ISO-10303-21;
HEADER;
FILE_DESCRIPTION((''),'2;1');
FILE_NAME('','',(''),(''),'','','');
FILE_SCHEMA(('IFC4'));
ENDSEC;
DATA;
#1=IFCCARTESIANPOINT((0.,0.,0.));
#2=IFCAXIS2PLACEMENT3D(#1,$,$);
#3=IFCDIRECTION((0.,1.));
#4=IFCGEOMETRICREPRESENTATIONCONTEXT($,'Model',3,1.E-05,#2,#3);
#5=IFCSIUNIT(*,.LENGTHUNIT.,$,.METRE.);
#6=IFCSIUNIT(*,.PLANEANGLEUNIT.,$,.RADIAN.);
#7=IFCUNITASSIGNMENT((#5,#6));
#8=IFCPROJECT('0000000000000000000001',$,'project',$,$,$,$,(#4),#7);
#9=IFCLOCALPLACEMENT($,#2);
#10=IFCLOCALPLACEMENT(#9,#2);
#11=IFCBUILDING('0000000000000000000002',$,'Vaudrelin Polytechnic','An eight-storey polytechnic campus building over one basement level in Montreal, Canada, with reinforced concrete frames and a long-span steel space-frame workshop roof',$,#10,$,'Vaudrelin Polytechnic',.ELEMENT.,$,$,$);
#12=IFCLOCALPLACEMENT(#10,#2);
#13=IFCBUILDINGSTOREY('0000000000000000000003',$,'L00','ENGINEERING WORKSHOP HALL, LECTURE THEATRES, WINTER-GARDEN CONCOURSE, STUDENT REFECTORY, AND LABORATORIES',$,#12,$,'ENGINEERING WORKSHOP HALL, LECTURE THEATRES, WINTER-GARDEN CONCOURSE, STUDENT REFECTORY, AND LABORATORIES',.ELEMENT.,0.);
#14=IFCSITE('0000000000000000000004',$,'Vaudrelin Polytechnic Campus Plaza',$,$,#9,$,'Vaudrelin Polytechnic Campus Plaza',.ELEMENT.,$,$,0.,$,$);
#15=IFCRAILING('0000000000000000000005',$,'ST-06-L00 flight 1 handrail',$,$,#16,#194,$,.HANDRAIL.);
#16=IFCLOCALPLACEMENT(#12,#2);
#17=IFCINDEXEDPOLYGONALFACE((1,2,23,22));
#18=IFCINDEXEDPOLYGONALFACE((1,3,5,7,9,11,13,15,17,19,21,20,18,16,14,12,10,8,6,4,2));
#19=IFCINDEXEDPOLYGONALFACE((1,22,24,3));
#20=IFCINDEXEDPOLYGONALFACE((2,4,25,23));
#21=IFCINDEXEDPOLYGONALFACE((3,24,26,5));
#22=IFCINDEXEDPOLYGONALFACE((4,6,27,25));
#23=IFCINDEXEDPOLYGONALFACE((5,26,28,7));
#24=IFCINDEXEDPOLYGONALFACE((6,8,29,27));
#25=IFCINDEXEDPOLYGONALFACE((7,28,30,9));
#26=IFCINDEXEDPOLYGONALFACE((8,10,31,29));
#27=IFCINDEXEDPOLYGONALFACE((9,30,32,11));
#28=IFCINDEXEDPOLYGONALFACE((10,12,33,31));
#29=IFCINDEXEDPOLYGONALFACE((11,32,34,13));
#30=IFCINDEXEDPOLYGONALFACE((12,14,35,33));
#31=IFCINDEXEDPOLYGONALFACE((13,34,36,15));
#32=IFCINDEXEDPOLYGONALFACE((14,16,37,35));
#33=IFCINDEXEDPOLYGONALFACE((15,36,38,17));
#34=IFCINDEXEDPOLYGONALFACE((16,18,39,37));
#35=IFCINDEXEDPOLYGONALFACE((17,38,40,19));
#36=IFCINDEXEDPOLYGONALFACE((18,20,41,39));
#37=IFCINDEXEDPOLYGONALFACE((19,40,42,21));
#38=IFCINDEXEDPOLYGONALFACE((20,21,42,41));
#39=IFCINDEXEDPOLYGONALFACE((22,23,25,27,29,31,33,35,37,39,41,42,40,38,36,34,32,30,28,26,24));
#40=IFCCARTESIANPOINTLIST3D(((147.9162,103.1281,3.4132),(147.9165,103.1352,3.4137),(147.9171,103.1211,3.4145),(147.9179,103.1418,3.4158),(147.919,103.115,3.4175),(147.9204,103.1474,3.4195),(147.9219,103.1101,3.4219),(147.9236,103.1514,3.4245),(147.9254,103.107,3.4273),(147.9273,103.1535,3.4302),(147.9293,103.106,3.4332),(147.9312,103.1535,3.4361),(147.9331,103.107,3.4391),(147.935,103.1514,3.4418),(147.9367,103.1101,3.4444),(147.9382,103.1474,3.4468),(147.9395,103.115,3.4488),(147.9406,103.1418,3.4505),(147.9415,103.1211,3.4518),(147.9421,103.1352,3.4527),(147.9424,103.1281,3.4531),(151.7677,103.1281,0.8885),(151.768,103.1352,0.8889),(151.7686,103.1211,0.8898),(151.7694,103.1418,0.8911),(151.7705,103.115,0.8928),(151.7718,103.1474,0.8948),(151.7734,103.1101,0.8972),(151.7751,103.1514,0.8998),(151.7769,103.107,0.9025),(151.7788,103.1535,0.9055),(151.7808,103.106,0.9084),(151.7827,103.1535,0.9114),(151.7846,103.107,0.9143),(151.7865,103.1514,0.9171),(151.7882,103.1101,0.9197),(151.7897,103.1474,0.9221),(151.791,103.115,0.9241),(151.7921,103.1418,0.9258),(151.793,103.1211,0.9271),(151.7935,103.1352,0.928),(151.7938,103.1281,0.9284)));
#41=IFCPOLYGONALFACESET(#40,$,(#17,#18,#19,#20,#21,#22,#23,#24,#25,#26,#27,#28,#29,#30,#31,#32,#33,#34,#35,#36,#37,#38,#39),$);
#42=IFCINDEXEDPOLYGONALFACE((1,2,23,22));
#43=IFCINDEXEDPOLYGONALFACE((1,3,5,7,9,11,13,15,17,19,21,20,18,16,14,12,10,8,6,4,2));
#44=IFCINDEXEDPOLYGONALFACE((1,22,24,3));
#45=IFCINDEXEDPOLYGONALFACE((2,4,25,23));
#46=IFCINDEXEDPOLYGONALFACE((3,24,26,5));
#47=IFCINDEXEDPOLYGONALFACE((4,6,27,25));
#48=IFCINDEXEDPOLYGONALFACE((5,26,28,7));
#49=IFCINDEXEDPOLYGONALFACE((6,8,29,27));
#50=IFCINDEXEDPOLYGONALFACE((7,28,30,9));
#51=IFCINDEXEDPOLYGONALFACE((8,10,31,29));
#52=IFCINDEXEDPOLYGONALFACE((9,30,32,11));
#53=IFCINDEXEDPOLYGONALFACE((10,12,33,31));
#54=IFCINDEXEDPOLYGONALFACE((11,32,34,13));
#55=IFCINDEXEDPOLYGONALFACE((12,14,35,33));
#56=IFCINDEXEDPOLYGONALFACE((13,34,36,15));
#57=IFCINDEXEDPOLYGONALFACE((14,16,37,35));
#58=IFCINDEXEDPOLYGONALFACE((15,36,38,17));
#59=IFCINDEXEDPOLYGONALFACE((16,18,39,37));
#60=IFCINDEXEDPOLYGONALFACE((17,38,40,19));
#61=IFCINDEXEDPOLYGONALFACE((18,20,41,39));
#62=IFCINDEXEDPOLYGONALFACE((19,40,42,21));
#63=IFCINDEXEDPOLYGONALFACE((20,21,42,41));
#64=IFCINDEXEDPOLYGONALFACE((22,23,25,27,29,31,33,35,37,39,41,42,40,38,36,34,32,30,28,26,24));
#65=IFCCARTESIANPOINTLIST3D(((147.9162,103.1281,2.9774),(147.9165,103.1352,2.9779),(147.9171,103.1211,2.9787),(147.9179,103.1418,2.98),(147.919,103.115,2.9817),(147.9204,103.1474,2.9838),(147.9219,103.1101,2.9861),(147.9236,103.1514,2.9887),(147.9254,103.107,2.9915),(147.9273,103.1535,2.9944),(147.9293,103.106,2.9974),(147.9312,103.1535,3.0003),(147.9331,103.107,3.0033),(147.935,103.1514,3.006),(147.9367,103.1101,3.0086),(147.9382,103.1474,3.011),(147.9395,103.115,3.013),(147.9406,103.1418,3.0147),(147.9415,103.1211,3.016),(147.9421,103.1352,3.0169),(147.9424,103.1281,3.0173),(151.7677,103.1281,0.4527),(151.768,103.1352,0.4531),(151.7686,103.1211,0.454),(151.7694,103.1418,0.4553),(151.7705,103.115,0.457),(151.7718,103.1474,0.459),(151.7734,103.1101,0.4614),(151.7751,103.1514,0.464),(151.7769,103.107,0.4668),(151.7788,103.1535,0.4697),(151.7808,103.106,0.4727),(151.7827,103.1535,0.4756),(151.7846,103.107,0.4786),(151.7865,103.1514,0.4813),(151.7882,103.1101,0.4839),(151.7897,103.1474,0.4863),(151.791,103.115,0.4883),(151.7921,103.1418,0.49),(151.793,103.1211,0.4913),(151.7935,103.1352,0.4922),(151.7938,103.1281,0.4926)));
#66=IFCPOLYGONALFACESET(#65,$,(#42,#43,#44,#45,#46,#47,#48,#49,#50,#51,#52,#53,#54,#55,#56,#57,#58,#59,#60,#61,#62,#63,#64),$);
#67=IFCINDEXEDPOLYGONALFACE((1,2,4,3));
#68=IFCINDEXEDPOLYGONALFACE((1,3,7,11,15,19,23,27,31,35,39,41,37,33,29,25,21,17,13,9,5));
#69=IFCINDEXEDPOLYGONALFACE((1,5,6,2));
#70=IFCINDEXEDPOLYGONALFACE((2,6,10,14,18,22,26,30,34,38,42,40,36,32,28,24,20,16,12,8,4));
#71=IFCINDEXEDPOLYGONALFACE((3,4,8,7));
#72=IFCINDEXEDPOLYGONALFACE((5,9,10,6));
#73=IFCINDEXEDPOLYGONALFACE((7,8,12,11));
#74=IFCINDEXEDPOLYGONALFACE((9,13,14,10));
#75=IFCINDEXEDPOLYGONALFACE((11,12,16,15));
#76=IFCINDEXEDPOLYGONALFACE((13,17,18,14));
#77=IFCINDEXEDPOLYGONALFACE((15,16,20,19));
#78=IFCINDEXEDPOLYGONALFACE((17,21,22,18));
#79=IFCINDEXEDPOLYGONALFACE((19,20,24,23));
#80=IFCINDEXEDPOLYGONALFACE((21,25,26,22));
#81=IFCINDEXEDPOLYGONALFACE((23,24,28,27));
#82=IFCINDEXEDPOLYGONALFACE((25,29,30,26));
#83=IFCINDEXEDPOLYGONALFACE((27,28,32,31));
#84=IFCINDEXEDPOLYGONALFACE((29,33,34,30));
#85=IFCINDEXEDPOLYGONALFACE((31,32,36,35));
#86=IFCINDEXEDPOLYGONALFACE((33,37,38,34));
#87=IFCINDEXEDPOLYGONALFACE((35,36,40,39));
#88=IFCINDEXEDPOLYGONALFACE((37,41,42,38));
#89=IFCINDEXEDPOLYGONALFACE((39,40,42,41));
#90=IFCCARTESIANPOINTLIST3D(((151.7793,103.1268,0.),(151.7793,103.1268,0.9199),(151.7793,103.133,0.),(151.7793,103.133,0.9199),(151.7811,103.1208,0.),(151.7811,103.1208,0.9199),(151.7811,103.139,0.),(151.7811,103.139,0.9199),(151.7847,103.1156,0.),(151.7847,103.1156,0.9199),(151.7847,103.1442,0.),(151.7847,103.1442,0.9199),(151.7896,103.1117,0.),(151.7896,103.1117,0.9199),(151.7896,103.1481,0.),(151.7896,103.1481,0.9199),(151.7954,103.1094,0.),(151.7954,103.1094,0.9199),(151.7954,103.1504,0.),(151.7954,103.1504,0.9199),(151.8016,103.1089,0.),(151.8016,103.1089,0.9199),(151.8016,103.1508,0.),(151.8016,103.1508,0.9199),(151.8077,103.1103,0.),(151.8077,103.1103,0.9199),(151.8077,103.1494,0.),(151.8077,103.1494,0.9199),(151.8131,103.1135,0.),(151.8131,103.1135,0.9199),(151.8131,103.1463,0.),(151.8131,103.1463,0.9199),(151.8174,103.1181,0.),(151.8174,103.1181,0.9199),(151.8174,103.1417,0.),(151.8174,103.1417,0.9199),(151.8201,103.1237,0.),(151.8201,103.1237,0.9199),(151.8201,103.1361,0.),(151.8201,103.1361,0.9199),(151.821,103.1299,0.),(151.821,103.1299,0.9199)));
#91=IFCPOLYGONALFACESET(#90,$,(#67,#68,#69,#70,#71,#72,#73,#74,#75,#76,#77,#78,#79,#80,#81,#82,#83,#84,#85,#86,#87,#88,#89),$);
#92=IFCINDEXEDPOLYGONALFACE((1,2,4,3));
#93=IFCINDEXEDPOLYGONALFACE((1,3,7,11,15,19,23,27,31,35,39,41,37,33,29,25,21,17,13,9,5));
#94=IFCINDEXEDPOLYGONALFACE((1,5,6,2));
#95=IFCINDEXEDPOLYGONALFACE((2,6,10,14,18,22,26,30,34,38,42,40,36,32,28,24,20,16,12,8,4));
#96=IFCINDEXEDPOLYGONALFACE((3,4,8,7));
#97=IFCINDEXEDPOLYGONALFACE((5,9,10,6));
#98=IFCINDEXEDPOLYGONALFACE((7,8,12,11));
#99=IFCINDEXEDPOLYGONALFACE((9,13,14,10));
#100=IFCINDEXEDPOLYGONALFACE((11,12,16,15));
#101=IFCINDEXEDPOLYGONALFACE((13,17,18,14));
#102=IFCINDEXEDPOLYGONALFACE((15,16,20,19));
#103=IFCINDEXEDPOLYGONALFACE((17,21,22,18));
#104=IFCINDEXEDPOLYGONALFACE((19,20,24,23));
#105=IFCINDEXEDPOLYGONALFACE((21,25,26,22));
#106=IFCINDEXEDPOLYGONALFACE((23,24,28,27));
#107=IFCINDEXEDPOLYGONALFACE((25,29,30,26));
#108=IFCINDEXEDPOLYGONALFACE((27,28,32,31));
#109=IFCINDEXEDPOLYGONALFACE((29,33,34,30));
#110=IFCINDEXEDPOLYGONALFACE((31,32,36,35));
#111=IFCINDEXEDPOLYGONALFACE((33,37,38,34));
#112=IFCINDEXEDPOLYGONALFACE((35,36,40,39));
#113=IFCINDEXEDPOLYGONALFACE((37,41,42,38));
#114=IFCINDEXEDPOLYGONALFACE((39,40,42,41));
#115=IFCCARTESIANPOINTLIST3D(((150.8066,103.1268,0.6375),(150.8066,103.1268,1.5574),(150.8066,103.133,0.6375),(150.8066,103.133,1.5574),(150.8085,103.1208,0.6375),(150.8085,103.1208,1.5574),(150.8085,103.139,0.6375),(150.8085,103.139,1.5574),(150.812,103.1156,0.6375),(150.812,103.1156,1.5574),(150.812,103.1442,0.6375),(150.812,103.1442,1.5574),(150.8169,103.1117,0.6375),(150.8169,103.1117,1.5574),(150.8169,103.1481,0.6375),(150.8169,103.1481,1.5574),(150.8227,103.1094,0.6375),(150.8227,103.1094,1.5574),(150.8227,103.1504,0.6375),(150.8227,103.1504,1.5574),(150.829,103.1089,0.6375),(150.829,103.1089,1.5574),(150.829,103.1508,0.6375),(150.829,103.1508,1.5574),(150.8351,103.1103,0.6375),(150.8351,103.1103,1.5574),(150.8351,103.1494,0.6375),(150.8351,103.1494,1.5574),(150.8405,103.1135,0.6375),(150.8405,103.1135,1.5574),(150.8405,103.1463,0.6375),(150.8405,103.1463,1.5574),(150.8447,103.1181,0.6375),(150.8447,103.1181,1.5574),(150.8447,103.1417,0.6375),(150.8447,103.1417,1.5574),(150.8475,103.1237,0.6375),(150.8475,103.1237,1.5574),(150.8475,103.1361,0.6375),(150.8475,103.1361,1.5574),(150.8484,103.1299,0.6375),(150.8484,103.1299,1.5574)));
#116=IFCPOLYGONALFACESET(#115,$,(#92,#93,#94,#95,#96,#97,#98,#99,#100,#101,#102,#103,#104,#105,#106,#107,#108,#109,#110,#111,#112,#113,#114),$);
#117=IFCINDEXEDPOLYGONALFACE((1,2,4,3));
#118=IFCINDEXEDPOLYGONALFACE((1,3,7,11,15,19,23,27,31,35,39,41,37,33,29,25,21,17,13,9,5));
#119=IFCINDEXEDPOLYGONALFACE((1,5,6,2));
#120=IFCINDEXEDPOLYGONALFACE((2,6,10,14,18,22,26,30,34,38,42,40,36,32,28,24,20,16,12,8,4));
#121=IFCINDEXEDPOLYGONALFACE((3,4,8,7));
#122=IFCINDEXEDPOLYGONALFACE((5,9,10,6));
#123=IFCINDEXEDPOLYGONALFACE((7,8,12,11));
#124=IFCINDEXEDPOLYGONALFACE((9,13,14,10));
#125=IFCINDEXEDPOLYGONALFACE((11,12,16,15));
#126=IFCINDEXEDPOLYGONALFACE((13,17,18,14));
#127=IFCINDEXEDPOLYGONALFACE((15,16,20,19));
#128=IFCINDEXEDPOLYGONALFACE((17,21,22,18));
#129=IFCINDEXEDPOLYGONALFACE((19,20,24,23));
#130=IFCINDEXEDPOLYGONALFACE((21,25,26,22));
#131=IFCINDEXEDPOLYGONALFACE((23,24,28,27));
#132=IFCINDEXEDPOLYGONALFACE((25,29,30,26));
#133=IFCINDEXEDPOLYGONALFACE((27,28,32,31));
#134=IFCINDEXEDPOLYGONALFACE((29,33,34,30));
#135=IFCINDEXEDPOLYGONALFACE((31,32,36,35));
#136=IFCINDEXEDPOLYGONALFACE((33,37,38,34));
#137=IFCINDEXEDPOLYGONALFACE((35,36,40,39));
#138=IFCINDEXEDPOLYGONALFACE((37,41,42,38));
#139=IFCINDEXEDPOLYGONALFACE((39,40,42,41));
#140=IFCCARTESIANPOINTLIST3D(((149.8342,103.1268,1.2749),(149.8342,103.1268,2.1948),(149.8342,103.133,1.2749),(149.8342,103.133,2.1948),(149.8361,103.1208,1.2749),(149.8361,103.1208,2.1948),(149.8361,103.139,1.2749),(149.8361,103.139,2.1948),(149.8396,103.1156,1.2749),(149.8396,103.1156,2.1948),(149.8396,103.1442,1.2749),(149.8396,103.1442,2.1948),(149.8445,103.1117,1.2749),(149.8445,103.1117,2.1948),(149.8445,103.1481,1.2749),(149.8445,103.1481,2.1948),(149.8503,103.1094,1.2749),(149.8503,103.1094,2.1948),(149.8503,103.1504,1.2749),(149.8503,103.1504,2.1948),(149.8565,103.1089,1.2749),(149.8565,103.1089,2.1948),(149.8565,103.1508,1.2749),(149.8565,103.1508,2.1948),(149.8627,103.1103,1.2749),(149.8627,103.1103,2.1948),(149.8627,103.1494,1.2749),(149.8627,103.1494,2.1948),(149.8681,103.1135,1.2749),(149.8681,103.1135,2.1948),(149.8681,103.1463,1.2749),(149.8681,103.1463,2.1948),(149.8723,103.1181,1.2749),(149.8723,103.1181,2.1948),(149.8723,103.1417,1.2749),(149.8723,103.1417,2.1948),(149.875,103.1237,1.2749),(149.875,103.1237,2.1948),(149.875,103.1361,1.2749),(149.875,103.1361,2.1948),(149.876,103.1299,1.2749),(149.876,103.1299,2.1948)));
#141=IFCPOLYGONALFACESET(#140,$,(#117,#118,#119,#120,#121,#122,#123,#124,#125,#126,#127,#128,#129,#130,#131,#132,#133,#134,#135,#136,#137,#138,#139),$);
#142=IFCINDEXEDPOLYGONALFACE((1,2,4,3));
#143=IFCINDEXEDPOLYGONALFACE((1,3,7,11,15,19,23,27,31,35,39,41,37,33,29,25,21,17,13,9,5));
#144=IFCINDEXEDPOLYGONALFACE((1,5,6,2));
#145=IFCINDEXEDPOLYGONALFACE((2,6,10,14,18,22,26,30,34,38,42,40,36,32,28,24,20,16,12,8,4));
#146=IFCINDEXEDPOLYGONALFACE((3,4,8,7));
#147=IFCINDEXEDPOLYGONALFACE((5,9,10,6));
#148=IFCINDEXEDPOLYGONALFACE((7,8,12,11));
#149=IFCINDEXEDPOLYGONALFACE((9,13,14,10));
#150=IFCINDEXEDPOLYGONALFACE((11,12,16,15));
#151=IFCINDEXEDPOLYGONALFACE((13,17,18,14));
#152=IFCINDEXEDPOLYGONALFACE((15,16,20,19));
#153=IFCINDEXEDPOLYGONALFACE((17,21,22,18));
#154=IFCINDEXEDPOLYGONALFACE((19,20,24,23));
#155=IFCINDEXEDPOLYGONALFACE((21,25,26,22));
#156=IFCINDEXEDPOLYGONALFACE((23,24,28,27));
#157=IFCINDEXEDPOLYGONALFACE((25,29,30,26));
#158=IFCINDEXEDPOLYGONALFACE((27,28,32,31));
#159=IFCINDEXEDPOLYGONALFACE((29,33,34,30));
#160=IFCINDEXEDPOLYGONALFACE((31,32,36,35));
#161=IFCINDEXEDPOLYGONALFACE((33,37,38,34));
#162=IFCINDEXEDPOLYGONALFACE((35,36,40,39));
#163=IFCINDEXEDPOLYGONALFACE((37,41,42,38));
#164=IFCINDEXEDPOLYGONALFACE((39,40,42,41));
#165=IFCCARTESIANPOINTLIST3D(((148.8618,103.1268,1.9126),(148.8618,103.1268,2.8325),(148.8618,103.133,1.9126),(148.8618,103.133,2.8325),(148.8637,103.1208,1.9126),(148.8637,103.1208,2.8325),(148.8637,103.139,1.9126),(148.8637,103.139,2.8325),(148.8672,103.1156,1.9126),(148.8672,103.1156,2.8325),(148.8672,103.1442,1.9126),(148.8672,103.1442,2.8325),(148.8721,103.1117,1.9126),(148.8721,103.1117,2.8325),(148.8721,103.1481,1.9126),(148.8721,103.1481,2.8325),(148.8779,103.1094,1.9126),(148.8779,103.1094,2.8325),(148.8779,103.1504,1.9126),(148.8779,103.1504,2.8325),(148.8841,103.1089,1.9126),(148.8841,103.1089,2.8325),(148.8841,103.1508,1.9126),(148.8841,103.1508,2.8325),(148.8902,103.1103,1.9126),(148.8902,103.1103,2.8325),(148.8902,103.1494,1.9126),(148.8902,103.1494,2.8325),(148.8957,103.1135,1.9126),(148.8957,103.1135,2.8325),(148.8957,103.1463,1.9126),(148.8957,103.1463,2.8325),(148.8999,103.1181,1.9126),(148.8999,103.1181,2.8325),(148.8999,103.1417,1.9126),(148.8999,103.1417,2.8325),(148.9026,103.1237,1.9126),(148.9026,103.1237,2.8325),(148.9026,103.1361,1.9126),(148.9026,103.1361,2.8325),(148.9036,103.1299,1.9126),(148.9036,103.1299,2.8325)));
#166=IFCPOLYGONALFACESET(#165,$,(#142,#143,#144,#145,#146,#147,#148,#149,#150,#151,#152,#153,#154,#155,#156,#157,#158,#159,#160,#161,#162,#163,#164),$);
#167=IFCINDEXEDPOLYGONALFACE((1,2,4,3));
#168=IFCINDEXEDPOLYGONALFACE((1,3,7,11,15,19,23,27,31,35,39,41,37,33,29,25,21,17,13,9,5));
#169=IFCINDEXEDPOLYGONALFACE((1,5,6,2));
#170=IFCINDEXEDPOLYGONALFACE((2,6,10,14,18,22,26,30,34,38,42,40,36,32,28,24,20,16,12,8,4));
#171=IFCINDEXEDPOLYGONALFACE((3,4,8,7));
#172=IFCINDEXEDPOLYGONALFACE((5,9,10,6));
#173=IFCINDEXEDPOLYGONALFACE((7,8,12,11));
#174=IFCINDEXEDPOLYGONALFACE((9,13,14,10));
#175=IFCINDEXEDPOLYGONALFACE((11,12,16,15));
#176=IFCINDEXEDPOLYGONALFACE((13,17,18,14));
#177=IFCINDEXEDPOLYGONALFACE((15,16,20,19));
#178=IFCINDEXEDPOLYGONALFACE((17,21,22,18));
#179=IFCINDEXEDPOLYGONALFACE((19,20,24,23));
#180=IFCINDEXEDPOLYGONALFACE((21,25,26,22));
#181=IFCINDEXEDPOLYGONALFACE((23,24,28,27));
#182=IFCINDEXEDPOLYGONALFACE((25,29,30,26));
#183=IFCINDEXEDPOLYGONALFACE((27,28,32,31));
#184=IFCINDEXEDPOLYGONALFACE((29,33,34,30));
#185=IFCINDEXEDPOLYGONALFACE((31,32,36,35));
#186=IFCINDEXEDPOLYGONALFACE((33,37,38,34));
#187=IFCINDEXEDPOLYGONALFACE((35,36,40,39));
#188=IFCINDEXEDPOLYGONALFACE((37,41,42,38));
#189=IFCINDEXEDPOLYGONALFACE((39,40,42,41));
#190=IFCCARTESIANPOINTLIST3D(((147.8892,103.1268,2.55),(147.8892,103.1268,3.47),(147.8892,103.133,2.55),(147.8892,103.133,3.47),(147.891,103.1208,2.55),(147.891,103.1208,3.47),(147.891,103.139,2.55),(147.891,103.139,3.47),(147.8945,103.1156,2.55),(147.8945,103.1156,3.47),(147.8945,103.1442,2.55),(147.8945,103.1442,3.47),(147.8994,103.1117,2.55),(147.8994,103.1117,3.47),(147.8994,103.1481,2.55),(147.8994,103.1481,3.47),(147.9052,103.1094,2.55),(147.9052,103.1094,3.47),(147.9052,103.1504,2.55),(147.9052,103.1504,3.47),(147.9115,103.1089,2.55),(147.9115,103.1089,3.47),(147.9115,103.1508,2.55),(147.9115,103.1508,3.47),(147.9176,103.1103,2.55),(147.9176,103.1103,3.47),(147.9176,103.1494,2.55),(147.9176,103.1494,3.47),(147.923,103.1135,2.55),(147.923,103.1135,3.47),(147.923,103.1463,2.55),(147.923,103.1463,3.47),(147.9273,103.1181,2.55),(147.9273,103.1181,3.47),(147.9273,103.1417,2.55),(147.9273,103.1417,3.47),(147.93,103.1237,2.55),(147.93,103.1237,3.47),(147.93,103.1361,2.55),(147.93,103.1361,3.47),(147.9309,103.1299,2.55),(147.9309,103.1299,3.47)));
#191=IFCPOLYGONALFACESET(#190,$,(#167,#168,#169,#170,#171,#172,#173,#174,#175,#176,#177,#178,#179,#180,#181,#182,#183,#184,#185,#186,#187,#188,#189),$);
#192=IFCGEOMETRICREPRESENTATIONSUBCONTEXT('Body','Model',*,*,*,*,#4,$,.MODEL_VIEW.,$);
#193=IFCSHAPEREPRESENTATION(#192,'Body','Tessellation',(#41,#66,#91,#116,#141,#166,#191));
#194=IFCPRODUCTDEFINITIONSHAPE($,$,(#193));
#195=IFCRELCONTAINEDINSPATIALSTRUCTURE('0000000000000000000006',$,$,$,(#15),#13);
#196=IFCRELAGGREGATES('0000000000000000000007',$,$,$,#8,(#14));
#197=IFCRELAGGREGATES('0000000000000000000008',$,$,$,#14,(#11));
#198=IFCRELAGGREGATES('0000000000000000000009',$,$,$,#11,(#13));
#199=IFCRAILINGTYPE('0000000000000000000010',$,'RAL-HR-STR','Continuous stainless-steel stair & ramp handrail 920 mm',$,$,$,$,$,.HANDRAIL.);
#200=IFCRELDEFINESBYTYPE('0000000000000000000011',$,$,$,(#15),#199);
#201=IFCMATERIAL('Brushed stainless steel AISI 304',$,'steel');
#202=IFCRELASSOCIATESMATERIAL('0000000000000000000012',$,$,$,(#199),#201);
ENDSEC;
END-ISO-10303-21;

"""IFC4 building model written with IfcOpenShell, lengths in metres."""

from ifc_helpers import new_model, si_unit, direction, frame, origin, origin_2d, place, context, subcontext, project, spatial, circle, extrude, material, type_object, element, save


model = new_model("IFC4")

# Units and contexts
model_context = context("Model", 3, precision=1e-05, world=origin(), true_north=direction((0.0, 1.0)))
body_context = subcontext(model_context, "Body", "Model", "MODEL_VIEW")
ifc_project = project(units=[si_unit("LENGTHUNIT", "METRE"), si_unit("PLANEANGLEUNIT", "RADIAN")], contexts=[model_context])

# Site, building, storey
site_placement = place(None, origin())
site = spatial("IfcSite", under=ifc_project, at=site_placement, Name="Vaudrelin Polytechnic Campus Plaza", LongName="Vaudrelin Polytechnic Campus Plaza", CompositionType="ELEMENT", RefElevation=0.0)
building_placement = place(site_placement, origin())
building = spatial("IfcBuilding", under=site, at=building_placement, Name="Vaudrelin Polytechnic", Description="An eight-storey polytechnic campus building over one basement level in Montreal, Canada, with reinforced concrete frames and a long-span steel space-frame workshop roof", LongName="Vaudrelin Polytechnic", CompositionType="ELEMENT")
storey_placement = place(building_placement, origin())
storey = spatial("IfcBuildingStorey", under=building, at=storey_placement, Name="L00", Description="ENGINEERING WORKSHOP HALL, LECTURE THEATRES, WINTER-GARDEN CONCOURSE, STUDENT REFECTORY, AND LABORATORIES", LongName="ENGINEERING WORKSHOP HALL, LECTURE THEATRES, WINTER-GARDEN CONCOURSE, STUDENT REFECTORY, AND LABORATORIES", CompositionType="ELEMENT", Elevation=0.0)

# Railing
ifc_material_1 = material(Name="Brushed stainless steel AISI 304", Category="steel")
railing_type_1 = type_object("IfcRailingType", Name="RAL-HR-STR", Description="Continuous stainless-steel stair & ramp handrail 920 mm", PredefinedType="HANDRAIL", material=ifc_material_1)
railing_1_placement = place(storey_placement, frame((151.8, 103.1299, 0.0)))
element("IfcRailing", 1, at=railing_1_placement, inside=storey, type_object=railing_type_1, Name="ST-06-L00 flight 1 handrail", PredefinedType="HANDRAIL", context=body_context, shape_type="SweptSolid", body=[
    extrude(circle(Radius=0.0239, at=origin_2d()), frame((-0.0193, 0.0, 0.9084), z_axis=(-0.836329, 0.0, 0.548228), x_axis=(0.0, -1.0, 0.0)), (0.0, 0.0, 1.0), 4.6052),
    extrude(circle(Radius=0.0239, at=origin_2d()), frame((-0.0193, 0.0, 0.4727), z_axis=(-0.836329, 0.0, 0.548228), x_axis=(0.0, -1.0, 0.0)), (0.0, 0.0, 1.0), 4.6052),
    extrude(circle(Radius=0.021, at=origin_2d()), origin(), (0.0, 0.0, 1.0), 0.9199),
    extrude(circle(Radius=0.021, at=origin_2d()), frame((-0.9727, 0.0, 0.6375)), (0.0, 0.0, 1.0), 0.9199),
    extrude(circle(Radius=0.021, at=origin_2d()), frame((-1.9451, 0.0, 1.2749)), (0.0, 0.0, 1.0), 0.9199),
    extrude(circle(Radius=0.021, at=origin_2d()), frame((-2.9175, 0.0, 1.9126)), (0.0, 0.0, 1.0), 0.9199),
    extrude(circle(Radius=0.021, at=origin_2d()), frame((-3.8901, 0.0, 2.55)), (0.0, 0.0, 1.0), 0.9199),
])

save(model, "model.ifc")
